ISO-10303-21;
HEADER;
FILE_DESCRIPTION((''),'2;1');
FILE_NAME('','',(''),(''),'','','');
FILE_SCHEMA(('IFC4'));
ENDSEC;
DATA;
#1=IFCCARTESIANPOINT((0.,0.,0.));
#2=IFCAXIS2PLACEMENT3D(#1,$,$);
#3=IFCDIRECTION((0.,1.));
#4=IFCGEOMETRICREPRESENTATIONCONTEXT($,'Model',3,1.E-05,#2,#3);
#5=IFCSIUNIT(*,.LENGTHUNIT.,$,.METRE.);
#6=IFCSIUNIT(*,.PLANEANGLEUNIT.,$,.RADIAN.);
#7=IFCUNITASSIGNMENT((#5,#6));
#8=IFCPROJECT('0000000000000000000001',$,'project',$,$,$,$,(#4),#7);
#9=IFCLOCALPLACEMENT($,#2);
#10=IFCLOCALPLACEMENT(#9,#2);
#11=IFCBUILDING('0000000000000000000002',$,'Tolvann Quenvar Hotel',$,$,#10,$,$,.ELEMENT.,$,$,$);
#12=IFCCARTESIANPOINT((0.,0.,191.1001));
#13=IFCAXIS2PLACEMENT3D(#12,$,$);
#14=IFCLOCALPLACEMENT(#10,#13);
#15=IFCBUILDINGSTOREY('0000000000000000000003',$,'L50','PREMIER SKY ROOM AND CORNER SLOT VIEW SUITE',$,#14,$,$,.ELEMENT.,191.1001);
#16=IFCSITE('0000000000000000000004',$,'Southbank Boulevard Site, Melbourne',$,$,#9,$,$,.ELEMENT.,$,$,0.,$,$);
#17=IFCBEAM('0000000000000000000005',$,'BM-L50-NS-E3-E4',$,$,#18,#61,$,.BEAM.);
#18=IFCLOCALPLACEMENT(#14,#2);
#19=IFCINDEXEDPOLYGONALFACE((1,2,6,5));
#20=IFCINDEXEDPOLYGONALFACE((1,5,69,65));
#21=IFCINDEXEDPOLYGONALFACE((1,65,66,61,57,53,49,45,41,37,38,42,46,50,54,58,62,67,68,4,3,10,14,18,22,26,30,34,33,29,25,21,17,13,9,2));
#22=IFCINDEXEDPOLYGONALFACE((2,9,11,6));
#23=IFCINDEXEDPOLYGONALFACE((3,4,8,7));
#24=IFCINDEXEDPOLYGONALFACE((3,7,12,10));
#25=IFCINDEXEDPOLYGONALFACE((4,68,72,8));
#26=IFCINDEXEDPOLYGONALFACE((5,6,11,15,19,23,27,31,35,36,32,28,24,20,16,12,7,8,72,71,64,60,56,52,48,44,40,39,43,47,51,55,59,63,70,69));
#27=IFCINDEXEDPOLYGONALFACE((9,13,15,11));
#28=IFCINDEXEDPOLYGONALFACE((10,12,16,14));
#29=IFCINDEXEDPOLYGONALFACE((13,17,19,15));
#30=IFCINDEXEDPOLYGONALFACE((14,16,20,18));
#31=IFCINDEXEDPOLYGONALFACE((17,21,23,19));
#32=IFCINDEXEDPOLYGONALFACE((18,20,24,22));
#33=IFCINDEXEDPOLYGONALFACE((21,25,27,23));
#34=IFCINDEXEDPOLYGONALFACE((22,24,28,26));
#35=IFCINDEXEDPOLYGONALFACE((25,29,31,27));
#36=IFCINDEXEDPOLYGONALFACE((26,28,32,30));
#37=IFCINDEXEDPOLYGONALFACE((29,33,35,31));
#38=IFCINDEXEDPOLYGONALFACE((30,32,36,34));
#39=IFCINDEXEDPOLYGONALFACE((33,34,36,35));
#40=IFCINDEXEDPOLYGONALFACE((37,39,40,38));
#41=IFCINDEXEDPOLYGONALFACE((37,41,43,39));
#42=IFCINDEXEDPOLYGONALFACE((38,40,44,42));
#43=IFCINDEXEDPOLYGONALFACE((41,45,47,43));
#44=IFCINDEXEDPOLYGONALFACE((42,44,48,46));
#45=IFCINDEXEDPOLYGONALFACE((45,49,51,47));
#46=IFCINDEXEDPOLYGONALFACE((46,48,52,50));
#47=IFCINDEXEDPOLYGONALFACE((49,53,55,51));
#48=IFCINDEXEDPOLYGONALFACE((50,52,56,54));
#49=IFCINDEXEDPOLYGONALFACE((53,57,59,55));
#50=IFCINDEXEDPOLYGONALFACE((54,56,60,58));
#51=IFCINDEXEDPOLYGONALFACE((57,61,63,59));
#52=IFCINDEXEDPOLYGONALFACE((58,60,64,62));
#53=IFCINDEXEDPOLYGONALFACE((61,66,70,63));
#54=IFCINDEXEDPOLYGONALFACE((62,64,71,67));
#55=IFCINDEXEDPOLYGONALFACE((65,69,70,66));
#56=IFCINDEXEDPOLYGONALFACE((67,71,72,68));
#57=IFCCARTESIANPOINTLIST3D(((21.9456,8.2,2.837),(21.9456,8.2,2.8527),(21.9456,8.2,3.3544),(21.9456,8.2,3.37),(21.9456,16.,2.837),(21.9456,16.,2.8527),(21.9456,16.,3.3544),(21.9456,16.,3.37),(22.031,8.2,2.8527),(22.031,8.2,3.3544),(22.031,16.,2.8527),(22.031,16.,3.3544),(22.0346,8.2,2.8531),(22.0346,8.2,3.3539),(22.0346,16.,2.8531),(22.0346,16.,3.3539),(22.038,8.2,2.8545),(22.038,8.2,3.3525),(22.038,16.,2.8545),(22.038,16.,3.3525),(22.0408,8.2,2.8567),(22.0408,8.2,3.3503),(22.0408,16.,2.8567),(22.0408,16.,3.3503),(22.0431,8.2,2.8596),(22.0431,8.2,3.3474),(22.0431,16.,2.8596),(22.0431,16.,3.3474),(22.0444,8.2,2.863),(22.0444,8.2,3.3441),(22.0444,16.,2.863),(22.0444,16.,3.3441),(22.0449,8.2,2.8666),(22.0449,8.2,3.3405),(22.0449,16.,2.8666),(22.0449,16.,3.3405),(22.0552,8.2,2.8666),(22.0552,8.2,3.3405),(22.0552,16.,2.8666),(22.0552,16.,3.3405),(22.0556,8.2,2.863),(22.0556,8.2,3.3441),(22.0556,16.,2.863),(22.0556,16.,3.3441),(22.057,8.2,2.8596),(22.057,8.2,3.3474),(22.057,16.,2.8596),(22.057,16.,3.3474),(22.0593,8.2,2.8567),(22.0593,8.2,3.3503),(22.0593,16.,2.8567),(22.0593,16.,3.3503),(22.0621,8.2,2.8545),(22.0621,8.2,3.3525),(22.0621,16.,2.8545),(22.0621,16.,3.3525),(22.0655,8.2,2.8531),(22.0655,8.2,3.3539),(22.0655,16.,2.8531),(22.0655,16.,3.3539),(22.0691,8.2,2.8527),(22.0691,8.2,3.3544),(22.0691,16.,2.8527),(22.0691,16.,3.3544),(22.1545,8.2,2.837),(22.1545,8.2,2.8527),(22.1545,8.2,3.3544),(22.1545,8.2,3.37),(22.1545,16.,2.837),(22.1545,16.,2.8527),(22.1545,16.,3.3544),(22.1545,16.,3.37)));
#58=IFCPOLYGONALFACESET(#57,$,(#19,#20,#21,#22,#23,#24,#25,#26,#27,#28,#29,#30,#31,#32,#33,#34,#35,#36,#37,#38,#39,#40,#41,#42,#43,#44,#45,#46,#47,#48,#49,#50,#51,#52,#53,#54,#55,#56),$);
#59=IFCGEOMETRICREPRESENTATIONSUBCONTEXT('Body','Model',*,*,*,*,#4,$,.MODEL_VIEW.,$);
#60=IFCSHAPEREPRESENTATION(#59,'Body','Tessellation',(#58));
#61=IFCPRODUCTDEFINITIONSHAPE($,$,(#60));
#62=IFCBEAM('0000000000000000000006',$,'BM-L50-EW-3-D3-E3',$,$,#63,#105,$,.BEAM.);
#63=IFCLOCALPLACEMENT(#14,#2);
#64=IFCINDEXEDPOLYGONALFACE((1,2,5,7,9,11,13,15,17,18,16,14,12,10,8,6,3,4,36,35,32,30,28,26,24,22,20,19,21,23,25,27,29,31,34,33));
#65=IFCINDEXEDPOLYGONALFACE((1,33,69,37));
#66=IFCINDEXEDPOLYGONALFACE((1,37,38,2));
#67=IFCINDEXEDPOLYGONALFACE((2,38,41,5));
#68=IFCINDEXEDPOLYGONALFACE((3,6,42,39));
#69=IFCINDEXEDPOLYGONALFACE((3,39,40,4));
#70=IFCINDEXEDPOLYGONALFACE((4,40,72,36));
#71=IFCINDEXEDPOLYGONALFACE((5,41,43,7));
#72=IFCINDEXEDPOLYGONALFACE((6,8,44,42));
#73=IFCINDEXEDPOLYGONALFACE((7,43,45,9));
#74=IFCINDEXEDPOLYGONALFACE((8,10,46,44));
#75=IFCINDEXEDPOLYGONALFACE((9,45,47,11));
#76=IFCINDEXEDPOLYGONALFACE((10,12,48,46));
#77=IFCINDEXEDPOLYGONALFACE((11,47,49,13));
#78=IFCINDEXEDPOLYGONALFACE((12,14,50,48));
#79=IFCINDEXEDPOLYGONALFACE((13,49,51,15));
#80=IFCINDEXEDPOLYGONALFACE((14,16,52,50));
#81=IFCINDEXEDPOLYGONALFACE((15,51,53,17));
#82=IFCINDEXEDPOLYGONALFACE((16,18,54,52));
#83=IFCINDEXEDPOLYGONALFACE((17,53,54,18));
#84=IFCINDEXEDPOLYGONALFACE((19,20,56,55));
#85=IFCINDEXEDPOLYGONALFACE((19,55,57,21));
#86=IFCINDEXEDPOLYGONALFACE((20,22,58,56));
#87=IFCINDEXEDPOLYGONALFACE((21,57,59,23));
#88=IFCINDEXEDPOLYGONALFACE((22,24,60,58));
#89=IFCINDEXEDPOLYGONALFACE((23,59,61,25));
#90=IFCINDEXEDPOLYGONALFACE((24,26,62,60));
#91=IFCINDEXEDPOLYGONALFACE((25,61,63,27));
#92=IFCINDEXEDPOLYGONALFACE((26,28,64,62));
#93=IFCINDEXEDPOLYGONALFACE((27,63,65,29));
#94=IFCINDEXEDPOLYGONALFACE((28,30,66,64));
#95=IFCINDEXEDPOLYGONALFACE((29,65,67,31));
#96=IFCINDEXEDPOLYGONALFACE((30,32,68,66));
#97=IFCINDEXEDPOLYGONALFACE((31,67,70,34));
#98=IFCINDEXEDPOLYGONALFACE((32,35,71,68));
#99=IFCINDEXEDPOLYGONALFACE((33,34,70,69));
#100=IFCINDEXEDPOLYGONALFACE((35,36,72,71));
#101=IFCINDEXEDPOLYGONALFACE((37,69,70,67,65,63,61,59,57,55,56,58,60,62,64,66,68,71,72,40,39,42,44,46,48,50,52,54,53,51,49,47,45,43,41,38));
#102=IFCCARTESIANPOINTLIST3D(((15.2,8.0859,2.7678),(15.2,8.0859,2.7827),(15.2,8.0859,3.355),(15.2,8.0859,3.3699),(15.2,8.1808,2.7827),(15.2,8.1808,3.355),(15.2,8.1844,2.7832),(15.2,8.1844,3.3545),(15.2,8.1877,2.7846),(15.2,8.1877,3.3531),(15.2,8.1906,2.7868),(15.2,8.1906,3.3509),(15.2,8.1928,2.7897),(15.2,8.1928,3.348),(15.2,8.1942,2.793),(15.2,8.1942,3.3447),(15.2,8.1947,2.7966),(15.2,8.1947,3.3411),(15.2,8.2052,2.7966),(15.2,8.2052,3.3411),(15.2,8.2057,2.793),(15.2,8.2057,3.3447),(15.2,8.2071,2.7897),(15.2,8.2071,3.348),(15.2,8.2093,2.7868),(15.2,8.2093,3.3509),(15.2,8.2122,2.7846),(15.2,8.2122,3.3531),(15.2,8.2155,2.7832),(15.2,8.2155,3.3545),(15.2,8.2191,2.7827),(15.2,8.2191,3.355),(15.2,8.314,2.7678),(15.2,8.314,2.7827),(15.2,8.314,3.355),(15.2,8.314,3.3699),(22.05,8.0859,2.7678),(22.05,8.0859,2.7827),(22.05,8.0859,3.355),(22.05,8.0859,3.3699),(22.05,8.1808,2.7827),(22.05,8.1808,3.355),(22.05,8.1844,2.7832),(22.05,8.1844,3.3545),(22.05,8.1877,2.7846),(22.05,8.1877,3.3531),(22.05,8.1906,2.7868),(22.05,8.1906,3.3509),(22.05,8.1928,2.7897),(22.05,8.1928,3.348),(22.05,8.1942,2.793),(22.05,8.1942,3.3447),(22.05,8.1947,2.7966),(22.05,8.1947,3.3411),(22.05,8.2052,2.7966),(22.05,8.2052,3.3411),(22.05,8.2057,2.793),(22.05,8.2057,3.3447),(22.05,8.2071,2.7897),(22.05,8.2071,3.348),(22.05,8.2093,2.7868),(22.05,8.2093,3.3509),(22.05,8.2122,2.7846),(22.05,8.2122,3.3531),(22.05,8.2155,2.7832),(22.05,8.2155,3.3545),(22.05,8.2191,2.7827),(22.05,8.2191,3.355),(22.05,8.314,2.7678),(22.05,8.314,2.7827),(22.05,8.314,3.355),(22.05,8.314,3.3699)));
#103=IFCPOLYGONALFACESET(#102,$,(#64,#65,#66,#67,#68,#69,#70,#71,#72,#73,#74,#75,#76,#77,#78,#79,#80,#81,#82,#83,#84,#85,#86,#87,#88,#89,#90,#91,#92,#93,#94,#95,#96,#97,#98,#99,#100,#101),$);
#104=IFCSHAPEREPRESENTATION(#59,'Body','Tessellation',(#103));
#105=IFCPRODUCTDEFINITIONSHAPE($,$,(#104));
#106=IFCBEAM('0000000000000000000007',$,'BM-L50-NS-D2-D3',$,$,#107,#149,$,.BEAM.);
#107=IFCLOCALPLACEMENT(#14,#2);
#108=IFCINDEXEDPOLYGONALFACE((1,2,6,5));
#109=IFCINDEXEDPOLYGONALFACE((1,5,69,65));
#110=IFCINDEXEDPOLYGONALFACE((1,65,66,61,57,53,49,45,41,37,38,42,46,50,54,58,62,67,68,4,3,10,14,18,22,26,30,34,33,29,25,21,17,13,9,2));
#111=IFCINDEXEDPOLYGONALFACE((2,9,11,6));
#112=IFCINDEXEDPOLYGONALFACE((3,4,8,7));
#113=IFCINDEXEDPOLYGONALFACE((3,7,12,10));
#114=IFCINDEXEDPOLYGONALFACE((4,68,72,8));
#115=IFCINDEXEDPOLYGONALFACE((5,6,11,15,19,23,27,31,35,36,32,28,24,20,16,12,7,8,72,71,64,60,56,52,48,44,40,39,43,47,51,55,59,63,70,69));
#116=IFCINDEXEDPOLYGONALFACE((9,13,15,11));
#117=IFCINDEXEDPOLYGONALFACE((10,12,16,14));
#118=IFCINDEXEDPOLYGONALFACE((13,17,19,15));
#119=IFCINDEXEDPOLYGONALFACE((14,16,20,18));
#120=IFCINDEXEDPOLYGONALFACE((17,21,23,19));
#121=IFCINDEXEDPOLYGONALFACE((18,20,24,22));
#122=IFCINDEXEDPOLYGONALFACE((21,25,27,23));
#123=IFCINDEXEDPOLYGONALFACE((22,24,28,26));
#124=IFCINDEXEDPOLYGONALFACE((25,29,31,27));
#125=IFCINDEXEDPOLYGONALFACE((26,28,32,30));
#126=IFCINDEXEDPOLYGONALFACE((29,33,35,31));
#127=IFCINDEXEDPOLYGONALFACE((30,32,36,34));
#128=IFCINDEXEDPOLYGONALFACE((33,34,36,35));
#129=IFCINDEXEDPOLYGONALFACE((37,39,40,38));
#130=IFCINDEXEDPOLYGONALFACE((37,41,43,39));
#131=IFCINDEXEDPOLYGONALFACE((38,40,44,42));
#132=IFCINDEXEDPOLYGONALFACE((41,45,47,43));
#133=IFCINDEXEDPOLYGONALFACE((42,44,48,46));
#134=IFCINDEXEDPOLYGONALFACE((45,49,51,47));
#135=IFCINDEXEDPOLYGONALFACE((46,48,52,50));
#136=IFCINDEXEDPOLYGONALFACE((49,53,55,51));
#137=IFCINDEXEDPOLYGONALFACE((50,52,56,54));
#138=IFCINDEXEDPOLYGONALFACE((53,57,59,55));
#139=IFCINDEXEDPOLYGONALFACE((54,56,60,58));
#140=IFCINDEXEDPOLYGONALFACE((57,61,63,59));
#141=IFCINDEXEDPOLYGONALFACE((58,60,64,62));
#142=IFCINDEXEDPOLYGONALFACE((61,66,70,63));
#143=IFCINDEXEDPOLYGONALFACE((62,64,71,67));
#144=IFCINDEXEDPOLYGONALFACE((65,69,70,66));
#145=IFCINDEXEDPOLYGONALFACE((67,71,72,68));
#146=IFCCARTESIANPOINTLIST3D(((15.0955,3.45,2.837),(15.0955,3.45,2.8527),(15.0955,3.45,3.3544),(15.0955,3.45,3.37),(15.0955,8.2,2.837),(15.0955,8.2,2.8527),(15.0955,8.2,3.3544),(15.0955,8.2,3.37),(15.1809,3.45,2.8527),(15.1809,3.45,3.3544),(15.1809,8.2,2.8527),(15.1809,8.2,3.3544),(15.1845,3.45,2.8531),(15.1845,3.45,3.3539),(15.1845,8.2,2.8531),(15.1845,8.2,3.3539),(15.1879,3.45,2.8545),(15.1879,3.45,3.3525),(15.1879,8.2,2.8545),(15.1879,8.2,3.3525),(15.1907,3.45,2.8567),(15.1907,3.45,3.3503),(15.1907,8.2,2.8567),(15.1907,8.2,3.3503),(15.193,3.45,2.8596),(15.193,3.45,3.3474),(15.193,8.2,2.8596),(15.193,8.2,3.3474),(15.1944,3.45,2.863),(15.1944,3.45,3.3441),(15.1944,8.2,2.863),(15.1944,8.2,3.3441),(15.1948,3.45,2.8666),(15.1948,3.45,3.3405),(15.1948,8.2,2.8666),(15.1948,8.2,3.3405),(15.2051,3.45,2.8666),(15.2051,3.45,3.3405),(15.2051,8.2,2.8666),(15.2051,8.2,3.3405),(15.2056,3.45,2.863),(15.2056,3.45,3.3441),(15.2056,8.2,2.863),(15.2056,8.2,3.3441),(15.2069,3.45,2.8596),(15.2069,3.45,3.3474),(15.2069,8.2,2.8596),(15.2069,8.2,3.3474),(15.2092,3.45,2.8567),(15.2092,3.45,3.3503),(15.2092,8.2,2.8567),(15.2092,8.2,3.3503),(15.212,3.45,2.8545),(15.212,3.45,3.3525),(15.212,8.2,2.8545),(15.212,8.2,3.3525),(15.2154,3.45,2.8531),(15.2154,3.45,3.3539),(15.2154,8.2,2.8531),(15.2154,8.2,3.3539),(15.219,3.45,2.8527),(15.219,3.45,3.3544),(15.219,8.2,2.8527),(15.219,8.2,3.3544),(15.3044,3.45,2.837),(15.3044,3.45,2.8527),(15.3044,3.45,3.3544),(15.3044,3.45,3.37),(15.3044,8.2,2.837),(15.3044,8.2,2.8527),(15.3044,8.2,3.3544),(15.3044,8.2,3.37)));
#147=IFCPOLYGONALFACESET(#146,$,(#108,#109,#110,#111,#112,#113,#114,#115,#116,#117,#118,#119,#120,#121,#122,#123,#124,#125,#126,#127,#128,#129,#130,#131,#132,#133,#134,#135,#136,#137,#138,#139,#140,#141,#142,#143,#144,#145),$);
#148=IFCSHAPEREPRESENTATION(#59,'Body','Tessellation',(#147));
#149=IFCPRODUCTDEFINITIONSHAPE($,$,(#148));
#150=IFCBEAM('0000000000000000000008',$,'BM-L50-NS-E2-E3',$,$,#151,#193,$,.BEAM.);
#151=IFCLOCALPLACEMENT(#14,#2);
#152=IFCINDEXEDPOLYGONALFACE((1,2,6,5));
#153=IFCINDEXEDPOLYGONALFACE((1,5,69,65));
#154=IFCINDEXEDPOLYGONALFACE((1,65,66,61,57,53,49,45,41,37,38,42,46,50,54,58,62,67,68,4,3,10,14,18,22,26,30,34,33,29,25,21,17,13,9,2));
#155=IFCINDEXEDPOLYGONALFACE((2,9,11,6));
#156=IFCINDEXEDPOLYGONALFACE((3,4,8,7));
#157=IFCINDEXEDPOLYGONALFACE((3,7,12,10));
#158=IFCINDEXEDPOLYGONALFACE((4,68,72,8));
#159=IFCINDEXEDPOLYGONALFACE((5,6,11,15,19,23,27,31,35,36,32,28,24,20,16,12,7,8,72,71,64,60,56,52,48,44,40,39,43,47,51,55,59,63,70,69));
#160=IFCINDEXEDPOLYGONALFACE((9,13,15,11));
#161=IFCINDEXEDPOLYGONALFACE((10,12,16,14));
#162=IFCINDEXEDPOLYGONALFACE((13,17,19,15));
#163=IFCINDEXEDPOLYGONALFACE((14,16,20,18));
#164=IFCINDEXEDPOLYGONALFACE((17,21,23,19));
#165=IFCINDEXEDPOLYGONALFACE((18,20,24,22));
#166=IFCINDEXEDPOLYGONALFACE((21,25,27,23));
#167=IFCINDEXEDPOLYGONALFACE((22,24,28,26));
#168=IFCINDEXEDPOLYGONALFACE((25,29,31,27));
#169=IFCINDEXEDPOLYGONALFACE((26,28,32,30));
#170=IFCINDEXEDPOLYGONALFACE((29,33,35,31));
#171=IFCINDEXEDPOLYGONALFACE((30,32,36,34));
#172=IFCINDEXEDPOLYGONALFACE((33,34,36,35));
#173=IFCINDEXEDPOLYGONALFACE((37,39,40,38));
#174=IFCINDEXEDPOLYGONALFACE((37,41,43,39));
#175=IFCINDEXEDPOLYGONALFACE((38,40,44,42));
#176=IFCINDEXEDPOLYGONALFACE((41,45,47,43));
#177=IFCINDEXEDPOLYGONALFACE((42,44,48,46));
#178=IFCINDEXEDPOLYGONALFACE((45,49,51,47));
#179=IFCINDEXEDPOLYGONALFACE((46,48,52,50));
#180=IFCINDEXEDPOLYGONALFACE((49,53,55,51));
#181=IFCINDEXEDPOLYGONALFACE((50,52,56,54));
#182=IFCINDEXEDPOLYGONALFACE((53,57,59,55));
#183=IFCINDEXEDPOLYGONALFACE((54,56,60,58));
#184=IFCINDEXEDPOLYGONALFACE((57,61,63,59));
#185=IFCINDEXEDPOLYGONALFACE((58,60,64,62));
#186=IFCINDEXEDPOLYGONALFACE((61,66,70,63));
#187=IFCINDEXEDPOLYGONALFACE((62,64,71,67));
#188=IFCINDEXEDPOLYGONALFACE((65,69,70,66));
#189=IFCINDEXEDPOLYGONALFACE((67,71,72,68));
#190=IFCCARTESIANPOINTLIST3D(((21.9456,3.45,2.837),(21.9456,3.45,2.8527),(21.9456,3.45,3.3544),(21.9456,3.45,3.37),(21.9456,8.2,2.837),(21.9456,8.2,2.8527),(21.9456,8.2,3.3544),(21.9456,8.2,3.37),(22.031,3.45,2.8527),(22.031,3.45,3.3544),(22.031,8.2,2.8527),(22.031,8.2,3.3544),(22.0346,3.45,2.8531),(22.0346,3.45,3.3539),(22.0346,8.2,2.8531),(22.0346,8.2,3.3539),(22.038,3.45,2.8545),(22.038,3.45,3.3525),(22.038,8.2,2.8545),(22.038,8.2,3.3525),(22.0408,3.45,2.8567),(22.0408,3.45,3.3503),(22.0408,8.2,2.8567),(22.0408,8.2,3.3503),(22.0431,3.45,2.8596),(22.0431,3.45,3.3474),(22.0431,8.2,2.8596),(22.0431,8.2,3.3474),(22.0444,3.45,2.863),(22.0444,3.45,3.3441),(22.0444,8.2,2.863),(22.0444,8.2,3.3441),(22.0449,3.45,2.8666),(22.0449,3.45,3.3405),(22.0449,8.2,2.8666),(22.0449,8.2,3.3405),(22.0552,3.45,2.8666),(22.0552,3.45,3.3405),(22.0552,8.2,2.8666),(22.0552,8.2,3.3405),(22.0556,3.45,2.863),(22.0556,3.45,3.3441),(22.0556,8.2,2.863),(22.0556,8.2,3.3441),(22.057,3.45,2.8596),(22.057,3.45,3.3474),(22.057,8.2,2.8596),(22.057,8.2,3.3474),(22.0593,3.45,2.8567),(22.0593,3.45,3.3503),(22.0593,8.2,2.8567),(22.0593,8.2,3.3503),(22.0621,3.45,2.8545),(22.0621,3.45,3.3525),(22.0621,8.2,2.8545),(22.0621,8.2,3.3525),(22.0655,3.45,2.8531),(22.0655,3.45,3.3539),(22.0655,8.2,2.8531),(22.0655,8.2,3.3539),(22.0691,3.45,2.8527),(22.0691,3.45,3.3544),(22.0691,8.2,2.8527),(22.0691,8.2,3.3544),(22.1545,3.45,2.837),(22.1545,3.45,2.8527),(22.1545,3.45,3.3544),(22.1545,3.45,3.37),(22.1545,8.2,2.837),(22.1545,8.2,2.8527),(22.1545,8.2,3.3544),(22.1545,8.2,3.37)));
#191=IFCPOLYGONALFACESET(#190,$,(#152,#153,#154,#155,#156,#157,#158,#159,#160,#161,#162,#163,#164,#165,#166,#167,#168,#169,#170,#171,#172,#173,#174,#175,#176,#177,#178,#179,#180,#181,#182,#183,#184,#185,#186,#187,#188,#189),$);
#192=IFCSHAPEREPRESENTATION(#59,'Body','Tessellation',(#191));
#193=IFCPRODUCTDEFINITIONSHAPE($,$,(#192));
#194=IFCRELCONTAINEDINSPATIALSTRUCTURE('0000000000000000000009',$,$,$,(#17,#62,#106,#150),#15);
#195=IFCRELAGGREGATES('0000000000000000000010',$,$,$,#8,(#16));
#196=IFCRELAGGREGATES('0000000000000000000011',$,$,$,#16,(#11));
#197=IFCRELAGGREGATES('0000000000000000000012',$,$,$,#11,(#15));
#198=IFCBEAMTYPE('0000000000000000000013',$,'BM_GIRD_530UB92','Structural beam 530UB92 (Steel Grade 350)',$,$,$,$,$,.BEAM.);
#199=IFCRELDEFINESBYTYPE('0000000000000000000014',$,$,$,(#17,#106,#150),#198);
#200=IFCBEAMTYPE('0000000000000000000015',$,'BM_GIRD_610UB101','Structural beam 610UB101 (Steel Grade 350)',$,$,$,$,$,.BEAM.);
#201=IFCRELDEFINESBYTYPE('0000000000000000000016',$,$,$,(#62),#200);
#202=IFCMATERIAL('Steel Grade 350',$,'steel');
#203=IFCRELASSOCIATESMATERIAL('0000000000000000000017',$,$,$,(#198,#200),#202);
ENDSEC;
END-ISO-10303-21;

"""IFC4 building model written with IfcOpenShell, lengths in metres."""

from ifc_helpers import new_model, si_unit, direction, frame, origin, origin_2d, place, context, subcontext, project, spatial, i_section, extrude, source, transform, mapped, material, material_profile, profile_set, type_object, type_shapes, element, save


model = new_model("IFC4")

# Units and contexts
model_context = context("Model", 3, precision=1e-05, world=origin(), true_north=direction((0.0, 1.0)))
body_context = subcontext(model_context, "Body", "Model", "MODEL_VIEW")
ifc_project = project(units=[si_unit("LENGTHUNIT", "METRE"), si_unit("PLANEANGLEUNIT", "RADIAN")], contexts=[model_context])

# Site, building, storey
site_placement = place(None, origin())
site = spatial("IfcSite", under=ifc_project, at=site_placement, Name="Southbank Boulevard Site, Melbourne", CompositionType="ELEMENT", RefElevation=0.0)
building_placement = place(site_placement, origin())
building = spatial("IfcBuilding", under=site, at=building_placement, Name="Tolvann Quenvar Hotel", CompositionType="ELEMENT")
storey_placement = place(building_placement, frame((0.0, 0.0, 191.1001)))
storey = spatial("IfcBuildingStorey", under=building, at=storey_placement, Name="L50", Description="PREMIER SKY ROOM AND CORNER SLOT VIEW SUITE", CompositionType="ELEMENT", Elevation=191.1001)

# Shared definitions
ifc_material_1 = material(Name="Steel Grade 350", Category="steel")

# Beams
ifc_material_profile_1 = material_profile(ifc_material_1, i_section(OverallWidth=0.209, OverallDepth=0.533, WebThickness=0.0103, FlangeThickness=0.0156, FilletRadius=0.0139, at=origin_2d()), Name="530UB92")
ifc_profile_set_1 = profile_set([ifc_material_profile_1], Name="Steel Grade 350")
beam_type_1 = type_object("IfcBeamType", Name="BM_GIRD_530UB92", Description="Structural beam 530UB92 (Steel Grade 350)", PredefinedType="BEAM", material=ifc_profile_set_1)
shared_shape_1 = source(origin(), body_context, "Body", "SweptSolid", [
    extrude(i_section(OverallWidth=0.209, OverallDepth=0.533, WebThickness=0.0103, FlangeThickness=0.0156, FilletRadius=0.0139, at=origin_2d()), origin(), (0.0, 0.0, 1.0), 7.8),
])
for number, where, z_axis, x_axis, name in (
    (1, (22.05, 8.2, 3.1035), (0.0, 1.0, 0.0), (-1.0, 0.0, 0.0), "BM-L50-NS-E3-E4"),
):
    element("IfcBeam", number, at=place(storey_placement, frame(where, z_axis=z_axis, x_axis=x_axis)), inside=storey, type_object=beam_type_1, Name=name, PredefinedType="BEAM", context=body_context, shape_type="MappedRepresentation", body=[
        mapped(shared_shape_1, transform((0.0, 0.0, 0.0), x_axis=(1.0, 0.0, 0.0), y_axis=(0.0, 1.0, 0.0), z_axis=(0.0, 0.0, 1.0), scale=1.0)),
    ])
ifc_material_profile_2 = material_profile(ifc_material_1, i_section(OverallWidth=0.228, OverallDepth=0.6021, WebThickness=0.0105, FlangeThickness=0.0149, FilletRadius=0.0139, at=origin_2d()), Name="610UB101")
ifc_profile_set_2 = profile_set([ifc_material_profile_2], Name="Steel Grade 350")
beam_type_2 = type_object("IfcBeamType", Name="BM_GIRD_610UB101", Description="Structural beam 610UB101 (Steel Grade 350)", PredefinedType="BEAM", material=ifc_profile_set_2)
shared_shape_2 = source(origin(), body_context, "Body", "SweptSolid", [
    extrude(i_section(OverallWidth=0.228, OverallDepth=0.6021, WebThickness=0.0105, FlangeThickness=0.0149, FilletRadius=0.0139, at=origin_2d()), origin(), (0.0, 0.0, 1.0), 6.8501),
])
type_shapes(beam_type_2, [shared_shape_2])
beam_1_placement = place(storey_placement, frame((15.2, 8.2, 3.0688), z_axis=(1.0, 0.0, 0.0), x_axis=(0.0, 1.0, 0.0)))
element("IfcBeam", 2, at=beam_1_placement, inside=storey, type_object=beam_type_2, Name="BM-L50-EW-3-D3-E3", PredefinedType="BEAM", context=body_context, shape_type="MappedRepresentation", body=[
    mapped(shared_shape_2, transform((0.0, 0.0, 0.0), x_axis=(1.0, 0.0, 0.0), y_axis=(0.0, 1.0, 0.0), z_axis=(0.0, 0.0, 1.0), scale=1.0)),
])
shared_shape_3 = source(origin(), body_context, "Body", "SweptSolid", [
    extrude(i_section(OverallWidth=0.209, OverallDepth=0.533, WebThickness=0.0103, FlangeThickness=0.0156, FilletRadius=0.0139, at=origin_2d()), origin(), (0.0, 0.0, 1.0), 4.75),
])
type_shapes(beam_type_1, [shared_shape_1, shared_shape_3])
for number, where, z_axis, x_axis, name in (
    (3, (15.2, 3.45, 3.1035), (0.0, 1.0, 0.0), (-1.0, 0.0, 0.0), "BM-L50-NS-D2-D3"),
    (4, (22.05, 3.45, 3.1035), (0.0, 1.0, 0.0), (-1.0, 0.0, 0.0), "BM-L50-NS-E2-E3"),
):
    element("IfcBeam", number, at=place(storey_placement, frame(where, z_axis=z_axis, x_axis=x_axis)), inside=storey, type_object=beam_type_1, Name=name, PredefinedType="BEAM", context=body_context, shape_type="MappedRepresentation", body=[
        mapped(shared_shape_3, transform((0.0, 0.0, 0.0), x_axis=(1.0, 0.0, 0.0), y_axis=(0.0, 1.0, 0.0), z_axis=(0.0, 0.0, 1.0), scale=1.0)),
    ])

save(model, "model.ifc")
